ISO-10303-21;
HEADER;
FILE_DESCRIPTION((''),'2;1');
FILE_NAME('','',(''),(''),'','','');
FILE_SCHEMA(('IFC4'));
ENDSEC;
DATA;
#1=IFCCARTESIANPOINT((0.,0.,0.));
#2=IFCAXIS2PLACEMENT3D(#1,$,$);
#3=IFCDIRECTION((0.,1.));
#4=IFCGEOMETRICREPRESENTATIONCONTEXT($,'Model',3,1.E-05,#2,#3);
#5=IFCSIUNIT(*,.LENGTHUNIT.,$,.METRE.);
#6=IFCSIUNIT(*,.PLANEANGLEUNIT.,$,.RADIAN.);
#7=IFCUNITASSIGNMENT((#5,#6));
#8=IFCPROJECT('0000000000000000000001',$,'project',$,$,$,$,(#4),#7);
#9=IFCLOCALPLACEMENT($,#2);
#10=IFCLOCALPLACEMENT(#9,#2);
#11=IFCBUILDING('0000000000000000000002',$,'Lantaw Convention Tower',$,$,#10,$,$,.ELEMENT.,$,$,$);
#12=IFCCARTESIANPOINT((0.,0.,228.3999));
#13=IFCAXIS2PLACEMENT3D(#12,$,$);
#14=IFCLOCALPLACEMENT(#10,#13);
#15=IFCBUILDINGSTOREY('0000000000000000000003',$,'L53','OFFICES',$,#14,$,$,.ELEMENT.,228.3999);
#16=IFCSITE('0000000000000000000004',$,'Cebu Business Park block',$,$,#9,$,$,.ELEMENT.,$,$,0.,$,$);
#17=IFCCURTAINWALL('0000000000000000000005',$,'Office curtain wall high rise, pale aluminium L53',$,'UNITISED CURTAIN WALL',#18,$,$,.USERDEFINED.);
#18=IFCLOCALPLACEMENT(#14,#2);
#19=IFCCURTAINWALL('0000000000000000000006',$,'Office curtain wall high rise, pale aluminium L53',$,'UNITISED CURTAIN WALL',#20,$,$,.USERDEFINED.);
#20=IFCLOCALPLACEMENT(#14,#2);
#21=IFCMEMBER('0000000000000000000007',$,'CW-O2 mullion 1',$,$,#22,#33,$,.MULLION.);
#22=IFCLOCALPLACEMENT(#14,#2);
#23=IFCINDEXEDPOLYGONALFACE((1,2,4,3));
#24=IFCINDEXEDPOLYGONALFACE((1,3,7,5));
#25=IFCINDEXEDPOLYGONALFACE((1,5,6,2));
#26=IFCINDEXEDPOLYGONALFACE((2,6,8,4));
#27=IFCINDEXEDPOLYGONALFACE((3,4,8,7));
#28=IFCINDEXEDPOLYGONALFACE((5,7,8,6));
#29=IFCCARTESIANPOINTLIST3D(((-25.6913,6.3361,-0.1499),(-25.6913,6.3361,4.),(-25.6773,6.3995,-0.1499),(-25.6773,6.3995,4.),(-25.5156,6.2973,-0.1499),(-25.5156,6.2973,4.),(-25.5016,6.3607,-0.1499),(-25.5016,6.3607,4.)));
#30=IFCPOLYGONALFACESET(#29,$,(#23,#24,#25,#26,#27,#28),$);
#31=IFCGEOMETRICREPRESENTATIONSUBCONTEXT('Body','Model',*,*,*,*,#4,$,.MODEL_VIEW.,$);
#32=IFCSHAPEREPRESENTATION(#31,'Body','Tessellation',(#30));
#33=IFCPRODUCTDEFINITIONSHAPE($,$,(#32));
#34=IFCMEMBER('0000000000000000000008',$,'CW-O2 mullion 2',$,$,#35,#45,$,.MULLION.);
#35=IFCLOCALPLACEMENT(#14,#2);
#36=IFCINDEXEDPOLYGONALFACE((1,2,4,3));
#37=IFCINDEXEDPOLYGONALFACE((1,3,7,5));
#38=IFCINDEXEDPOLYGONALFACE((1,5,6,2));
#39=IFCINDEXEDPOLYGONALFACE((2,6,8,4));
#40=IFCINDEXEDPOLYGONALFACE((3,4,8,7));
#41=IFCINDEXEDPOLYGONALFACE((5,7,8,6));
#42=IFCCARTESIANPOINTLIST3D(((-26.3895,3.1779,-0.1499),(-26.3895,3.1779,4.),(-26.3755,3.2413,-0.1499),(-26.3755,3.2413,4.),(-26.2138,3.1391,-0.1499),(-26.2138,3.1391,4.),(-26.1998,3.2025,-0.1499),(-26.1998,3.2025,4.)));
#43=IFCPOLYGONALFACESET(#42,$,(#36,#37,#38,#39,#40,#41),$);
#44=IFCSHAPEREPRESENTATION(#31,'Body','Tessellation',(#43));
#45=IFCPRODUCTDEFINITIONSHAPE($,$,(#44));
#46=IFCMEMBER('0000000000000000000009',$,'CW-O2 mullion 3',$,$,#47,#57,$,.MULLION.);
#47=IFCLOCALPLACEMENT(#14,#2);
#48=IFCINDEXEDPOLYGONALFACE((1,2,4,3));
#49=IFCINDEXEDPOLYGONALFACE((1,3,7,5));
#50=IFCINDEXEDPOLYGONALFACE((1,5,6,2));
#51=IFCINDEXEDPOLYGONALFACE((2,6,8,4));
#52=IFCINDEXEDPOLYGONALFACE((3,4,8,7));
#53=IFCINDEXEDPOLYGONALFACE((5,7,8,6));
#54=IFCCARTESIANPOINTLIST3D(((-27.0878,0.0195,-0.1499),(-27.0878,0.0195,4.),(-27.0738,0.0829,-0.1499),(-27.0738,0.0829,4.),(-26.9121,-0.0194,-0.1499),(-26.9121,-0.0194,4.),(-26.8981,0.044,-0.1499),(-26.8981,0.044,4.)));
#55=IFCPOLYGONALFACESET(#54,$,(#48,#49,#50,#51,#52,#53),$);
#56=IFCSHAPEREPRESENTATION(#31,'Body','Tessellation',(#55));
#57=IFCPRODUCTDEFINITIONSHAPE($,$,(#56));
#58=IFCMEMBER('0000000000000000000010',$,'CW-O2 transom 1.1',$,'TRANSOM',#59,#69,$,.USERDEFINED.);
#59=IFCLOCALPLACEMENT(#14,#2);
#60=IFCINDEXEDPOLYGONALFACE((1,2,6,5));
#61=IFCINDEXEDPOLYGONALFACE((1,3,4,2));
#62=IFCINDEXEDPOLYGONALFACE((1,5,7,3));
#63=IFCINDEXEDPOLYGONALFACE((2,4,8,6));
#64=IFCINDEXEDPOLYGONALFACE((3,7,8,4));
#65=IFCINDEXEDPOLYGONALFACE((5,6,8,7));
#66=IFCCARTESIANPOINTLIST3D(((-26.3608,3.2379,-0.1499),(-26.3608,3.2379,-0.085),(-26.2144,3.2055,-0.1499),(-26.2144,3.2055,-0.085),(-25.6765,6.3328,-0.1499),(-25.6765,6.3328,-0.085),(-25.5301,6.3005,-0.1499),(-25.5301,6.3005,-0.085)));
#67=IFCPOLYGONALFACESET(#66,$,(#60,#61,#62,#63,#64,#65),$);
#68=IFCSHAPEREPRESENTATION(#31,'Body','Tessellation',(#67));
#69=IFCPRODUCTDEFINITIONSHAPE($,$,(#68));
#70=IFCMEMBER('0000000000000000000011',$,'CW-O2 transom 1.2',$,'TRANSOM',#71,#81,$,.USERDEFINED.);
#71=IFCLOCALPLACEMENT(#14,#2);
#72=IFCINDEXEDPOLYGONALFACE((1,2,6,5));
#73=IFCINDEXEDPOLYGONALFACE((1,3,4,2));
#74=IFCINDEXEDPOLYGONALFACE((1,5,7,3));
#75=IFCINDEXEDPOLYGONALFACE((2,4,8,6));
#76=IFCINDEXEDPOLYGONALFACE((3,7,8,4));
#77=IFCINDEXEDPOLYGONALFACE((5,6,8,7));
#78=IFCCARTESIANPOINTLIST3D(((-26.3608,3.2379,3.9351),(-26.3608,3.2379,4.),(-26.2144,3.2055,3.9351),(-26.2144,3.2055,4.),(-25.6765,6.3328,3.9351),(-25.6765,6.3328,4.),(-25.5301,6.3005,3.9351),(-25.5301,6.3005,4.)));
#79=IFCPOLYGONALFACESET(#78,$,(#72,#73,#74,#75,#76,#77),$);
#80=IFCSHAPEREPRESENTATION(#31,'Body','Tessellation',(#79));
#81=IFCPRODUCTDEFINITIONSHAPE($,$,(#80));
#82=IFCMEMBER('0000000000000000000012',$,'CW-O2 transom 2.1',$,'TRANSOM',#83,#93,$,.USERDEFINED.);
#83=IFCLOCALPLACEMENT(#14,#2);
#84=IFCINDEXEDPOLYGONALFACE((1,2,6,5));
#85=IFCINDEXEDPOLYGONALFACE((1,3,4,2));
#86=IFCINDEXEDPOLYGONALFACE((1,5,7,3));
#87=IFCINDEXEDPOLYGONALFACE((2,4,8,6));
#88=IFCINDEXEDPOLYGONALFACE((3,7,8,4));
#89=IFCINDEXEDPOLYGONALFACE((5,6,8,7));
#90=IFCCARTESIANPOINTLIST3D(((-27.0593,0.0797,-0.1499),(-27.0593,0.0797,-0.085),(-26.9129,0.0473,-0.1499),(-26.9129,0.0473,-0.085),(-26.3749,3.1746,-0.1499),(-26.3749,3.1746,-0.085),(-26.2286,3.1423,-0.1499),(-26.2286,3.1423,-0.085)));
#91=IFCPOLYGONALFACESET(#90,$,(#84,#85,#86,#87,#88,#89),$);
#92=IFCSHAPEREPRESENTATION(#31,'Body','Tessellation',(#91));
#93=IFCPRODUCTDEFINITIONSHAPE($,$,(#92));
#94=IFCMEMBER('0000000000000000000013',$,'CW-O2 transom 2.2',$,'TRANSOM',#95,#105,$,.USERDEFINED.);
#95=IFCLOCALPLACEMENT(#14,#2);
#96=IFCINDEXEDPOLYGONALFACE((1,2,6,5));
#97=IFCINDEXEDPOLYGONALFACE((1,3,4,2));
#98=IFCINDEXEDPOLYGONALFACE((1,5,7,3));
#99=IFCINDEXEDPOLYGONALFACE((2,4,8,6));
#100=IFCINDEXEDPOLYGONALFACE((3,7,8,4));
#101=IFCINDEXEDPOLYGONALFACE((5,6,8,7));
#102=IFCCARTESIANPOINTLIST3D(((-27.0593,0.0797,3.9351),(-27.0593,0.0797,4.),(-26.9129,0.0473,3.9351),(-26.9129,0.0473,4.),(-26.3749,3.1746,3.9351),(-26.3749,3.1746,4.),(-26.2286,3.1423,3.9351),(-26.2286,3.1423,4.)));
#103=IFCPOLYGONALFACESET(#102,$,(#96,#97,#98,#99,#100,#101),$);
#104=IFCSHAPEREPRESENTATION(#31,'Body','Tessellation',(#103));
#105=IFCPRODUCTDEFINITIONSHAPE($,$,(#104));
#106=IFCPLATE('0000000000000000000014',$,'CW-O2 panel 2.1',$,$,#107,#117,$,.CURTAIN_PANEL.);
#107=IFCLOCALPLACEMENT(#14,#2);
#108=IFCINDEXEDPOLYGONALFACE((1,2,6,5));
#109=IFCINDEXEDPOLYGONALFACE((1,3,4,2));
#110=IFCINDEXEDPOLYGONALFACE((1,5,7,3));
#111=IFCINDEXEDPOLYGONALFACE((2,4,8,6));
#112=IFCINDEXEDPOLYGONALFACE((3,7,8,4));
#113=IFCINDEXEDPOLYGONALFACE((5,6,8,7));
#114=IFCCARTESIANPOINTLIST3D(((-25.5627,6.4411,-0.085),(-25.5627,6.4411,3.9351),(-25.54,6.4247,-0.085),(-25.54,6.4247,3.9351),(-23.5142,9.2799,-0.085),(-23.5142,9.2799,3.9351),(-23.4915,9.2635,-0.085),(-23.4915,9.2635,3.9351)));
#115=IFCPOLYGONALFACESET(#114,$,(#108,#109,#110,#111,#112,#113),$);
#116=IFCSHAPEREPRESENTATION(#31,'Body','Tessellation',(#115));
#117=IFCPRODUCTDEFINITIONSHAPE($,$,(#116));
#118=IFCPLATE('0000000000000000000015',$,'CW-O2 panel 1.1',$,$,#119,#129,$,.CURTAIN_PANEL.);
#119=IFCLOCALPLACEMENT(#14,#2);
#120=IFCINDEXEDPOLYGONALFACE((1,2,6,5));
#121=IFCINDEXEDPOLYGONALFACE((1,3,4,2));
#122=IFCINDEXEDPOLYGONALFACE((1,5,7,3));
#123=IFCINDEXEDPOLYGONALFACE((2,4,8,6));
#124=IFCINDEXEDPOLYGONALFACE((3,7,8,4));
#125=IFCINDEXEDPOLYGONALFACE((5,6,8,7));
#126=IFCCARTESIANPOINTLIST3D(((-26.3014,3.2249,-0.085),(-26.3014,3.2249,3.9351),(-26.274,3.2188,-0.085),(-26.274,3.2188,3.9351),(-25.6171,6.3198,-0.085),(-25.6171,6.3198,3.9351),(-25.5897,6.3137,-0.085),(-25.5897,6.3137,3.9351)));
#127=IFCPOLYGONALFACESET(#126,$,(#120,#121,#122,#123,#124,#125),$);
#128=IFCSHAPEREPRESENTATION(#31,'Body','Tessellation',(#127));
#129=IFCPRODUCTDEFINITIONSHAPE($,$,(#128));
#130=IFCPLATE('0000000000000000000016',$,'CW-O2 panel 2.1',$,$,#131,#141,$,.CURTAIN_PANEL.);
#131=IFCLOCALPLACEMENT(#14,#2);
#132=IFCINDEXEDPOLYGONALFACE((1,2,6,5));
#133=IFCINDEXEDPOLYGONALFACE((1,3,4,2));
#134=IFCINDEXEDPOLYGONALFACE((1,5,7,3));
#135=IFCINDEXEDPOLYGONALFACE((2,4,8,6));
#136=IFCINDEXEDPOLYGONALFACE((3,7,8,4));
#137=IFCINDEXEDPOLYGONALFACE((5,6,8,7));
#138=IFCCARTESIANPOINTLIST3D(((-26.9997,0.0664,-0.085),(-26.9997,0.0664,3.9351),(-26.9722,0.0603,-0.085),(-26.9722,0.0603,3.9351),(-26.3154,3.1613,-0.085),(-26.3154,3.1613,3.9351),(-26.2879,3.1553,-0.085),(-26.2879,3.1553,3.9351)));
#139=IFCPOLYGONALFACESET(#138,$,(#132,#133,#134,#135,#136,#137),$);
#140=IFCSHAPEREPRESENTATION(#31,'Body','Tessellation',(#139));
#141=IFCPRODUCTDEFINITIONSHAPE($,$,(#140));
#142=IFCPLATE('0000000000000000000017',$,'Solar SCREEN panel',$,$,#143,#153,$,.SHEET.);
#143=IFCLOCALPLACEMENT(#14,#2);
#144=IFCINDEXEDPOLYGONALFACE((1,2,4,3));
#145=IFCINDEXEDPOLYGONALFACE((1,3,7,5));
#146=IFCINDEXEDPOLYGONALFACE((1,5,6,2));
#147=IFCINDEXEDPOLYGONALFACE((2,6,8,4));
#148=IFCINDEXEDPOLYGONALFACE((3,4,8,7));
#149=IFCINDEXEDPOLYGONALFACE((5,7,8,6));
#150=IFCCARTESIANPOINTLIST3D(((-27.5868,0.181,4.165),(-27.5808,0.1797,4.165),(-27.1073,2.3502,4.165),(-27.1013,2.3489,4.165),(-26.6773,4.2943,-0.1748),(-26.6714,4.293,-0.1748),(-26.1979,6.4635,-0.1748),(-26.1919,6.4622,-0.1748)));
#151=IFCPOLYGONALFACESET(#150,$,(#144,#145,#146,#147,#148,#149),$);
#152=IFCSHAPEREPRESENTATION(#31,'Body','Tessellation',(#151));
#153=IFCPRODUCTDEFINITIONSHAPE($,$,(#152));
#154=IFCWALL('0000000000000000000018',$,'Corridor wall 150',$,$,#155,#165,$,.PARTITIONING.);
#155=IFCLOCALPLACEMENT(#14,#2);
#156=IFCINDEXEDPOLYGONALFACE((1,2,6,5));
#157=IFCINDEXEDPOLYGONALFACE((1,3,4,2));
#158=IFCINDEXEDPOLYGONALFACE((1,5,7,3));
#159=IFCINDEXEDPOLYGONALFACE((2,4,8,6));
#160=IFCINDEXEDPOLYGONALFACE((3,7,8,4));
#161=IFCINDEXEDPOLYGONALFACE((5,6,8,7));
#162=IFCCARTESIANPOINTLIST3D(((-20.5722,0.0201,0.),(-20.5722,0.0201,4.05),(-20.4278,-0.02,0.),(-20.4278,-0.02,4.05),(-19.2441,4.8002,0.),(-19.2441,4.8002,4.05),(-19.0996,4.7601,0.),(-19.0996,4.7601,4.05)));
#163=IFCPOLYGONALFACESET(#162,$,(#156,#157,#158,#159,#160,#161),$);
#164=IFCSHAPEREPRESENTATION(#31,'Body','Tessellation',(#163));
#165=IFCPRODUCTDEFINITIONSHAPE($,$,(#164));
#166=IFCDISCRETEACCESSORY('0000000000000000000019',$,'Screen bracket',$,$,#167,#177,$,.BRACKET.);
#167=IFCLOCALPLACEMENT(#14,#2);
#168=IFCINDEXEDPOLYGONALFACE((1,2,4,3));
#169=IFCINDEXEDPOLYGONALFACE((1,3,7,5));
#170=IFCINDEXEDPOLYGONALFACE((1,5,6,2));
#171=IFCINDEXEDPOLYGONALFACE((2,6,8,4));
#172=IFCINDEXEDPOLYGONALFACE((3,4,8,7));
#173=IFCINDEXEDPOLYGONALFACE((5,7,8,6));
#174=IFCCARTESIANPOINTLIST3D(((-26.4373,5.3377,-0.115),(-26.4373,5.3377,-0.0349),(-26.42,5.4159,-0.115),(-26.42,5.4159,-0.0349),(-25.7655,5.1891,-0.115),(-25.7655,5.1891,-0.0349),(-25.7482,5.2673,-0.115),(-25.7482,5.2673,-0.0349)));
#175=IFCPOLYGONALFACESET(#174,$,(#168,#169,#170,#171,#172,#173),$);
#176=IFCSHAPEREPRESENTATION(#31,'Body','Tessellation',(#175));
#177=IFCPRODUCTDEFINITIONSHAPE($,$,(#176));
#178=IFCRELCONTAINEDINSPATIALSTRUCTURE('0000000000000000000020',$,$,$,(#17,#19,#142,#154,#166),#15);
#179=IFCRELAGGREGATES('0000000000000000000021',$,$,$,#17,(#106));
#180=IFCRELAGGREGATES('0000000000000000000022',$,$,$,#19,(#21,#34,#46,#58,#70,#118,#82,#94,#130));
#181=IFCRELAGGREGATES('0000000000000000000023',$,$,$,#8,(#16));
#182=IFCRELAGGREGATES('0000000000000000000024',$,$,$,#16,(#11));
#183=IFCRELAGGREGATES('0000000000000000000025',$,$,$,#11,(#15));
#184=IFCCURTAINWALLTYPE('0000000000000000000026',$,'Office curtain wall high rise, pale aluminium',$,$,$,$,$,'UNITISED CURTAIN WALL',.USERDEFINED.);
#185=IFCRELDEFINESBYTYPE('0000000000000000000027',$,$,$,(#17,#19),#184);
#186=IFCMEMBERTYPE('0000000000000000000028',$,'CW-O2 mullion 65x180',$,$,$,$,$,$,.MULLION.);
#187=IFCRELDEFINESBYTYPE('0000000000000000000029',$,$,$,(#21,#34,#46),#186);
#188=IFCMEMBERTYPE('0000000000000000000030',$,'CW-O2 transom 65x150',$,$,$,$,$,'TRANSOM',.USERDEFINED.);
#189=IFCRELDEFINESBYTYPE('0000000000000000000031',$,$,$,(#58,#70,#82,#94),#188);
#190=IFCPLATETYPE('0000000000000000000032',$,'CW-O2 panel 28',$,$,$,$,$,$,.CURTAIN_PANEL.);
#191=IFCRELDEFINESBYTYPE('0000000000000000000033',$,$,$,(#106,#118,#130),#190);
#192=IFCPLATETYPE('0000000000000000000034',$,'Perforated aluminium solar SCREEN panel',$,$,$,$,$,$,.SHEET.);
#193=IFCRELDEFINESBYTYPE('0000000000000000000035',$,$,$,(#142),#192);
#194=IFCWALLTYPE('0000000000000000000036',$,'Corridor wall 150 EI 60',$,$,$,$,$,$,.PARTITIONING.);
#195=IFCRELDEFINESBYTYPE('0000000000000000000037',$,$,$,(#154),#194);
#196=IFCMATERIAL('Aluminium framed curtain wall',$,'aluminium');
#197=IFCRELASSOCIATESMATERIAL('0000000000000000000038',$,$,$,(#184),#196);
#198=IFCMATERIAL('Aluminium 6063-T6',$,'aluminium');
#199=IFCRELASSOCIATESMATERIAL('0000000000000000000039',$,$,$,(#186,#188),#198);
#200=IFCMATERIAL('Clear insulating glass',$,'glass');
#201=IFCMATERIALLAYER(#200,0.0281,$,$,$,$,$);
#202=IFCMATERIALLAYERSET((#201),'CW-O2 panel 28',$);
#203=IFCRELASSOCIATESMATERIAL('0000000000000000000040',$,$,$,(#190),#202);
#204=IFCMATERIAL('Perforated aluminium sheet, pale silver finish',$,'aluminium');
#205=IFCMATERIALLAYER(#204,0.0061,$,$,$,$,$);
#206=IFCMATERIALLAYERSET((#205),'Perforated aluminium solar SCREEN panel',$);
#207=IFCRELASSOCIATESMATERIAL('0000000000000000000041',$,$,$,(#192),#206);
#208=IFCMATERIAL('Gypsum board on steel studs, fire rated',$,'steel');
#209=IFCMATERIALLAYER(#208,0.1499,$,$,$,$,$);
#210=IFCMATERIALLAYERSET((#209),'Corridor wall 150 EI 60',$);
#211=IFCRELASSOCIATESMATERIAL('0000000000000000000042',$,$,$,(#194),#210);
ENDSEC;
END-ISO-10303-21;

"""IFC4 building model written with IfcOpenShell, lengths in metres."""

from ifc_helpers import new_model, si_unit, direction, frame, frame_2d, origin, origin_2d, place, context, subcontext, project, spatial, polyline, rectangle, outline, extrude, material, layer, layer_set, material_profile, profile_set, type_object, element, aggregate, save


model = new_model("IFC4")

# Units and contexts
model_context = context("Model", 3, precision=1e-05, world=origin(), true_north=direction((0.0, 1.0)))
body_context = subcontext(model_context, "Body", "Model", "MODEL_VIEW")
ifc_project = project(units=[si_unit("LENGTHUNIT", "METRE"), si_unit("PLANEANGLEUNIT", "RADIAN")], contexts=[model_context])

# Site, building, storey
site_placement = place(None, origin())
site = spatial("IfcSite", under=ifc_project, at=site_placement, Name="Cebu Business Park block", CompositionType="ELEMENT", RefElevation=0.0)
building_placement = place(site_placement, origin())
building = spatial("IfcBuilding", under=site, at=building_placement, Name="Lantaw Convention Tower", CompositionType="ELEMENT")
storey_placement = place(building_placement, frame((0.0, 0.0, 228.3999)))
storey = spatial("IfcBuildingStorey", under=building, at=storey_placement, Name="L53", Description="OFFICES", CompositionType="ELEMENT", Elevation=228.3999)

# Curtain wall
ifc_material_1 = material(Name="Aluminium framed curtain wall", Category="aluminium")
curtain_wall_type = type_object("IfcCurtainWallType", Name="Office curtain wall high rise, pale aluminium", ElementType="UNITISED CURTAIN WALL", PredefinedType="USERDEFINED", material=ifc_material_1)
curtain_wall_1_placement = place(storey_placement, origin())
curtain_wall_1 = element("IfcCurtainWall", 1, at=curtain_wall_1_placement, inside=storey, type_object=curtain_wall_type, Name="Office curtain wall high rise, pale aluminium L53", ObjectType="UNITISED CURTAIN WALL", PredefinedType="USERDEFINED")
ifc_material_2 = material(Name="Aluminium 6063-T6", Category="aluminium")
ifc_material_profile_1 = material_profile(ifc_material_2, rectangle(XDim=0.1799, YDim=0.0649, at=origin_2d()), Name="CW-O2 mullion 65x180")
ifc_profile_set_1 = profile_set([ifc_material_profile_1], Name="Aluminium 6063-T6")
member_type_1 = type_object("IfcMemberType", Name="CW-O2 mullion 65x180", PredefinedType="MULLION", material=ifc_profile_set_1)

# Curtain wall, members
curtain_wall_2_placement = place(storey_placement, origin())
curtain_wall_2 = element("IfcCurtainWall", 2, at=curtain_wall_2_placement, inside=storey, type_object=curtain_wall_type, Name="Office curtain wall high rise, pale aluminium L53", ObjectType="UNITISED CURTAIN WALL", PredefinedType="USERDEFINED")
member_1_placement = place(storey_placement, frame((-25.5964, 6.3484, -0.1499), z_axis=(0.0, 0.0, 1.0), x_axis=(0.976417, -0.215891, 0.0)))
member_1 = element("IfcMember", 3, at=member_1_placement, type_object=member_type_1, Name="CW-O2 mullion 1", PredefinedType="MULLION", context=body_context, shape_type="SweptSolid", body=[
    extrude(rectangle(XDim=0.1799, YDim=0.0649, at=origin_2d()), origin(), (0.0, 0.0, 1.0), 4.1499),
])
member_2_placement = place(storey_placement, frame((-26.2947, 3.1902, -0.1499), z_axis=(0.0, 0.0, 1.0), x_axis=(0.976417, -0.215891, 0.0)))
member_2 = element("IfcMember", 4, at=member_2_placement, type_object=member_type_1, Name="CW-O2 mullion 2", PredefinedType="MULLION", context=body_context, shape_type="SweptSolid", body=[
    extrude(rectangle(XDim=0.1799, YDim=0.0649, at=origin_2d()), origin(), (0.0, 0.0, 1.0), 4.1499),
])
member_3_placement = place(storey_placement, frame((-26.9929, 0.0317, -0.1499), z_axis=(0.0, 0.0, 1.0), x_axis=(0.976417, -0.215891, 0.0)))
member_3 = element("IfcMember", 5, at=member_3_placement, type_object=member_type_1, Name="CW-O2 mullion 3", PredefinedType="MULLION", context=body_context, shape_type="SweptSolid", body=[
    extrude(rectangle(XDim=0.1799, YDim=0.0649, at=origin_2d()), origin(), (0.0, 0.0, 1.0), 4.1499),
])
ifc_material_profile_2 = material_profile(ifc_material_2, rectangle(XDim=0.1499, YDim=0.0649, at=origin_2d()), Name="CW-O2 transom 65x150")
ifc_profile_set_2 = profile_set([ifc_material_profile_2], Name="Aluminium 6063-T6")
member_type_2 = type_object("IfcMemberType", Name="CW-O2 transom 65x150", ElementType="TRANSOM", PredefinedType="USERDEFINED", material=ifc_profile_set_2)
member_4_placement = place(storey_placement, frame((-25.6033, 6.3167, -0.1174), z_axis=(-0.215895, -0.976417, 0.0), x_axis=(0.976417, -0.215895, 0.0)))
member_4 = element("IfcMember", 6, at=member_4_placement, type_object=member_type_2, Name="CW-O2 transom 1.1", ObjectType="TRANSOM", PredefinedType="USERDEFINED", context=body_context, shape_type="SweptSolid", body=[
    extrude(rectangle(XDim=0.1499, YDim=0.0649, at=origin_2d()), origin(), (0.0, 0.0, 1.0), 3.1697),
])
member_5_placement = place(storey_placement, frame((-25.6033, 6.3167, 3.9675), z_axis=(-0.215895, -0.976417, 0.0), x_axis=(0.976417, -0.215895, 0.0)))
member_5 = element("IfcMember", 7, at=member_5_placement, type_object=member_type_2, Name="CW-O2 transom 1.2", ObjectType="TRANSOM", PredefinedType="USERDEFINED", context=body_context, shape_type="SweptSolid", body=[
    extrude(rectangle(XDim=0.1499, YDim=0.0649, at=origin_2d()), origin(), (0.0, 0.0, 1.0), 3.1697),
])
member_6_placement = place(storey_placement, frame((-26.3018, 3.1584, -0.1174), z_axis=(-0.215895, -0.976417, 0.0), x_axis=(0.976417, -0.215895, 0.0)))
member_6 = element("IfcMember", 8, at=member_6_placement, type_object=member_type_2, Name="CW-O2 transom 2.1", ObjectType="TRANSOM", PredefinedType="USERDEFINED", context=body_context, shape_type="SweptSolid", body=[
    extrude(rectangle(XDim=0.1499, YDim=0.0649, at=origin_2d()), origin(), (0.0, 0.0, 1.0), 3.1697),
])
member_7_placement = place(storey_placement, frame((-26.3018, 3.1584, 3.9675), z_axis=(-0.215895, -0.976417, 0.0), x_axis=(0.976417, -0.215895, 0.0)))
member_7 = element("IfcMember", 9, at=member_7_placement, type_object=member_type_2, Name="CW-O2 transom 2.2", ObjectType="TRANSOM", PredefinedType="USERDEFINED", context=body_context, shape_type="SweptSolid", body=[
    extrude(rectangle(XDim=0.1499, YDim=0.0649, at=origin_2d()), origin(), (0.0, 0.0, 1.0), 3.1697),
])

# Plates
ifc_material_3 = material(Name="Clear insulating glass", Category="glass")
ifc_layer_1 = layer(ifc_material_3, 0.0281)
ifc_layer_set_1 = layer_set([ifc_layer_1], Name="CW-O2 panel 28")
plate_type_1 = type_object("IfcPlateType", Name="CW-O2 panel 28", PredefinedType="CURTAIN_PANEL", material=ifc_layer_set_1)
plate_1_placement = place(storey_placement, frame((-24.5271, 7.8523, -0.085), z_axis=(0.0, 0.0, 1.0), x_axis=(-0.585158, -0.81092, 0.0)))
plate_1 = element("IfcPlate", 10, at=plate_1_placement, type_object=plate_type_1, Name="CW-O2 panel 2.1", PredefinedType="CURTAIN_PANEL", context=body_context, shape_type="SweptSolid", body=[
    extrude(rectangle(XDim=3.5007, YDim=0.0281, at=origin_2d()), origin(), (0.0, 0.0, 1.0), 4.02),
])
aggregate(curtain_wall_1, [plate_1])
plate_2_placement = place(storey_placement, frame((-25.9456, 4.7693, -0.085), z_axis=(0.0, 0.0, 1.0), x_axis=(-0.215891, -0.976417, 0.0)))
plate_2 = element("IfcPlate", 11, at=plate_2_placement, type_object=plate_type_1, Name="CW-O2 panel 1.1", PredefinedType="CURTAIN_PANEL", context=body_context, shape_type="SweptSolid", body=[
    extrude(rectangle(XDim=3.1697, YDim=0.0281, at=origin_2d()), origin(), (0.0, 0.0, 1.0), 4.02),
])
plate_3_placement = place(storey_placement, frame((-26.6438, 1.6108, -0.085), z_axis=(0.0, 0.0, 1.0), x_axis=(-0.215891, -0.976417, 0.0)))
plate_3 = element("IfcPlate", 12, at=plate_3_placement, type_object=plate_type_1, Name="CW-O2 panel 2.1", PredefinedType="CURTAIN_PANEL", context=body_context, shape_type="SweptSolid", body=[
    extrude(rectangle(XDim=3.1697, YDim=0.0281, at=origin_2d()), origin(), (0.0, 0.0, 1.0), 4.02),
])
aggregate(curtain_wall_2, [member_1, member_2, member_3, member_4, member_5, plate_2, member_6, member_7, plate_3])
ifc_material_4 = material(Name="Perforated aluminium sheet, pale silver finish", Category="aluminium")
ifc_layer_2 = layer(ifc_material_4, 0.0061)
ifc_layer_set_2 = layer_set([ifc_layer_2], Name="Perforated aluminium solar SCREEN panel")
plate_type_2 = type_object("IfcPlateType", Name="Perforated aluminium solar SCREEN panel", PredefinedType="SHEET", material=ifc_layer_set_2)
plate_4_placement = place(storey_placement, frame((-26.1919, 6.4622, -0.1748), z_axis=(0.97643, -0.215837, 0.000044), x_axis=(-0.215837, -0.97643, 0.0)))
element("IfcPlate", 13, at=plate_4_placement, inside=storey, type_object=plate_type_2, Name="Solar SCREEN panel", PredefinedType="SHEET", context=body_context, shape_type="SweptSolid", body=[
    extrude(outline(polyline([(0.0, 0.0), (2.2216, 0.0), (6.4342, -4.3398), (4.2126, -4.3398), (0.0, 0.0)])), origin(), (0.0, 0.0, -1.0), 0.0061),
])

# Wall
ifc_material_5 = material(Name="Gypsum board on steel studs, fire rated", Category="steel")
ifc_layer_3 = layer(ifc_material_5, 0.1499)
ifc_layer_set_3 = layer_set([ifc_layer_3], Name="Corridor wall 150 EI 60")
wall_type = type_object("IfcWallType", Name="Corridor wall 150 EI 60", PredefinedType="PARTITIONING", material=ifc_layer_set_3)
wall_placement = place(storey_placement, frame((-19.1719, 4.78, 0.0), z_axis=(0.0, 0.0, 1.0), x_axis=(-0.267707, -0.9635, 0.0)))
element("IfcWall", 14, at=wall_placement, inside=storey, type_object=wall_type, Name="Corridor wall 150", PredefinedType="PARTITIONING", context=body_context, shape_type="SweptSolid", body=[
    extrude(rectangle(XDim=4.9612, YDim=0.1499, at=frame_2d((2.4805, 0.0))), origin(), (0.0, 0.0, 1.0), 4.05),
])

# Discrete accessory
discrete_accessory_placement = place(storey_placement, frame((-26.0928, 5.3025, -0.115), z_axis=(0.0, 0.0, 1.0), x_axis=(-0.215891, -0.976417, 0.0)))
element("IfcDiscreteAccessory", 15, at=discrete_accessory_placement, inside=storey, Name="Screen bracket", PredefinedType="BRACKET", context=body_context, shape_type="SweptSolid", body=[
    extrude(rectangle(XDim=0.0801, YDim=0.688, at=origin_2d()), origin(), (0.0, 0.0, 1.0), 0.0801),
])

save(model, "model.ifc")
